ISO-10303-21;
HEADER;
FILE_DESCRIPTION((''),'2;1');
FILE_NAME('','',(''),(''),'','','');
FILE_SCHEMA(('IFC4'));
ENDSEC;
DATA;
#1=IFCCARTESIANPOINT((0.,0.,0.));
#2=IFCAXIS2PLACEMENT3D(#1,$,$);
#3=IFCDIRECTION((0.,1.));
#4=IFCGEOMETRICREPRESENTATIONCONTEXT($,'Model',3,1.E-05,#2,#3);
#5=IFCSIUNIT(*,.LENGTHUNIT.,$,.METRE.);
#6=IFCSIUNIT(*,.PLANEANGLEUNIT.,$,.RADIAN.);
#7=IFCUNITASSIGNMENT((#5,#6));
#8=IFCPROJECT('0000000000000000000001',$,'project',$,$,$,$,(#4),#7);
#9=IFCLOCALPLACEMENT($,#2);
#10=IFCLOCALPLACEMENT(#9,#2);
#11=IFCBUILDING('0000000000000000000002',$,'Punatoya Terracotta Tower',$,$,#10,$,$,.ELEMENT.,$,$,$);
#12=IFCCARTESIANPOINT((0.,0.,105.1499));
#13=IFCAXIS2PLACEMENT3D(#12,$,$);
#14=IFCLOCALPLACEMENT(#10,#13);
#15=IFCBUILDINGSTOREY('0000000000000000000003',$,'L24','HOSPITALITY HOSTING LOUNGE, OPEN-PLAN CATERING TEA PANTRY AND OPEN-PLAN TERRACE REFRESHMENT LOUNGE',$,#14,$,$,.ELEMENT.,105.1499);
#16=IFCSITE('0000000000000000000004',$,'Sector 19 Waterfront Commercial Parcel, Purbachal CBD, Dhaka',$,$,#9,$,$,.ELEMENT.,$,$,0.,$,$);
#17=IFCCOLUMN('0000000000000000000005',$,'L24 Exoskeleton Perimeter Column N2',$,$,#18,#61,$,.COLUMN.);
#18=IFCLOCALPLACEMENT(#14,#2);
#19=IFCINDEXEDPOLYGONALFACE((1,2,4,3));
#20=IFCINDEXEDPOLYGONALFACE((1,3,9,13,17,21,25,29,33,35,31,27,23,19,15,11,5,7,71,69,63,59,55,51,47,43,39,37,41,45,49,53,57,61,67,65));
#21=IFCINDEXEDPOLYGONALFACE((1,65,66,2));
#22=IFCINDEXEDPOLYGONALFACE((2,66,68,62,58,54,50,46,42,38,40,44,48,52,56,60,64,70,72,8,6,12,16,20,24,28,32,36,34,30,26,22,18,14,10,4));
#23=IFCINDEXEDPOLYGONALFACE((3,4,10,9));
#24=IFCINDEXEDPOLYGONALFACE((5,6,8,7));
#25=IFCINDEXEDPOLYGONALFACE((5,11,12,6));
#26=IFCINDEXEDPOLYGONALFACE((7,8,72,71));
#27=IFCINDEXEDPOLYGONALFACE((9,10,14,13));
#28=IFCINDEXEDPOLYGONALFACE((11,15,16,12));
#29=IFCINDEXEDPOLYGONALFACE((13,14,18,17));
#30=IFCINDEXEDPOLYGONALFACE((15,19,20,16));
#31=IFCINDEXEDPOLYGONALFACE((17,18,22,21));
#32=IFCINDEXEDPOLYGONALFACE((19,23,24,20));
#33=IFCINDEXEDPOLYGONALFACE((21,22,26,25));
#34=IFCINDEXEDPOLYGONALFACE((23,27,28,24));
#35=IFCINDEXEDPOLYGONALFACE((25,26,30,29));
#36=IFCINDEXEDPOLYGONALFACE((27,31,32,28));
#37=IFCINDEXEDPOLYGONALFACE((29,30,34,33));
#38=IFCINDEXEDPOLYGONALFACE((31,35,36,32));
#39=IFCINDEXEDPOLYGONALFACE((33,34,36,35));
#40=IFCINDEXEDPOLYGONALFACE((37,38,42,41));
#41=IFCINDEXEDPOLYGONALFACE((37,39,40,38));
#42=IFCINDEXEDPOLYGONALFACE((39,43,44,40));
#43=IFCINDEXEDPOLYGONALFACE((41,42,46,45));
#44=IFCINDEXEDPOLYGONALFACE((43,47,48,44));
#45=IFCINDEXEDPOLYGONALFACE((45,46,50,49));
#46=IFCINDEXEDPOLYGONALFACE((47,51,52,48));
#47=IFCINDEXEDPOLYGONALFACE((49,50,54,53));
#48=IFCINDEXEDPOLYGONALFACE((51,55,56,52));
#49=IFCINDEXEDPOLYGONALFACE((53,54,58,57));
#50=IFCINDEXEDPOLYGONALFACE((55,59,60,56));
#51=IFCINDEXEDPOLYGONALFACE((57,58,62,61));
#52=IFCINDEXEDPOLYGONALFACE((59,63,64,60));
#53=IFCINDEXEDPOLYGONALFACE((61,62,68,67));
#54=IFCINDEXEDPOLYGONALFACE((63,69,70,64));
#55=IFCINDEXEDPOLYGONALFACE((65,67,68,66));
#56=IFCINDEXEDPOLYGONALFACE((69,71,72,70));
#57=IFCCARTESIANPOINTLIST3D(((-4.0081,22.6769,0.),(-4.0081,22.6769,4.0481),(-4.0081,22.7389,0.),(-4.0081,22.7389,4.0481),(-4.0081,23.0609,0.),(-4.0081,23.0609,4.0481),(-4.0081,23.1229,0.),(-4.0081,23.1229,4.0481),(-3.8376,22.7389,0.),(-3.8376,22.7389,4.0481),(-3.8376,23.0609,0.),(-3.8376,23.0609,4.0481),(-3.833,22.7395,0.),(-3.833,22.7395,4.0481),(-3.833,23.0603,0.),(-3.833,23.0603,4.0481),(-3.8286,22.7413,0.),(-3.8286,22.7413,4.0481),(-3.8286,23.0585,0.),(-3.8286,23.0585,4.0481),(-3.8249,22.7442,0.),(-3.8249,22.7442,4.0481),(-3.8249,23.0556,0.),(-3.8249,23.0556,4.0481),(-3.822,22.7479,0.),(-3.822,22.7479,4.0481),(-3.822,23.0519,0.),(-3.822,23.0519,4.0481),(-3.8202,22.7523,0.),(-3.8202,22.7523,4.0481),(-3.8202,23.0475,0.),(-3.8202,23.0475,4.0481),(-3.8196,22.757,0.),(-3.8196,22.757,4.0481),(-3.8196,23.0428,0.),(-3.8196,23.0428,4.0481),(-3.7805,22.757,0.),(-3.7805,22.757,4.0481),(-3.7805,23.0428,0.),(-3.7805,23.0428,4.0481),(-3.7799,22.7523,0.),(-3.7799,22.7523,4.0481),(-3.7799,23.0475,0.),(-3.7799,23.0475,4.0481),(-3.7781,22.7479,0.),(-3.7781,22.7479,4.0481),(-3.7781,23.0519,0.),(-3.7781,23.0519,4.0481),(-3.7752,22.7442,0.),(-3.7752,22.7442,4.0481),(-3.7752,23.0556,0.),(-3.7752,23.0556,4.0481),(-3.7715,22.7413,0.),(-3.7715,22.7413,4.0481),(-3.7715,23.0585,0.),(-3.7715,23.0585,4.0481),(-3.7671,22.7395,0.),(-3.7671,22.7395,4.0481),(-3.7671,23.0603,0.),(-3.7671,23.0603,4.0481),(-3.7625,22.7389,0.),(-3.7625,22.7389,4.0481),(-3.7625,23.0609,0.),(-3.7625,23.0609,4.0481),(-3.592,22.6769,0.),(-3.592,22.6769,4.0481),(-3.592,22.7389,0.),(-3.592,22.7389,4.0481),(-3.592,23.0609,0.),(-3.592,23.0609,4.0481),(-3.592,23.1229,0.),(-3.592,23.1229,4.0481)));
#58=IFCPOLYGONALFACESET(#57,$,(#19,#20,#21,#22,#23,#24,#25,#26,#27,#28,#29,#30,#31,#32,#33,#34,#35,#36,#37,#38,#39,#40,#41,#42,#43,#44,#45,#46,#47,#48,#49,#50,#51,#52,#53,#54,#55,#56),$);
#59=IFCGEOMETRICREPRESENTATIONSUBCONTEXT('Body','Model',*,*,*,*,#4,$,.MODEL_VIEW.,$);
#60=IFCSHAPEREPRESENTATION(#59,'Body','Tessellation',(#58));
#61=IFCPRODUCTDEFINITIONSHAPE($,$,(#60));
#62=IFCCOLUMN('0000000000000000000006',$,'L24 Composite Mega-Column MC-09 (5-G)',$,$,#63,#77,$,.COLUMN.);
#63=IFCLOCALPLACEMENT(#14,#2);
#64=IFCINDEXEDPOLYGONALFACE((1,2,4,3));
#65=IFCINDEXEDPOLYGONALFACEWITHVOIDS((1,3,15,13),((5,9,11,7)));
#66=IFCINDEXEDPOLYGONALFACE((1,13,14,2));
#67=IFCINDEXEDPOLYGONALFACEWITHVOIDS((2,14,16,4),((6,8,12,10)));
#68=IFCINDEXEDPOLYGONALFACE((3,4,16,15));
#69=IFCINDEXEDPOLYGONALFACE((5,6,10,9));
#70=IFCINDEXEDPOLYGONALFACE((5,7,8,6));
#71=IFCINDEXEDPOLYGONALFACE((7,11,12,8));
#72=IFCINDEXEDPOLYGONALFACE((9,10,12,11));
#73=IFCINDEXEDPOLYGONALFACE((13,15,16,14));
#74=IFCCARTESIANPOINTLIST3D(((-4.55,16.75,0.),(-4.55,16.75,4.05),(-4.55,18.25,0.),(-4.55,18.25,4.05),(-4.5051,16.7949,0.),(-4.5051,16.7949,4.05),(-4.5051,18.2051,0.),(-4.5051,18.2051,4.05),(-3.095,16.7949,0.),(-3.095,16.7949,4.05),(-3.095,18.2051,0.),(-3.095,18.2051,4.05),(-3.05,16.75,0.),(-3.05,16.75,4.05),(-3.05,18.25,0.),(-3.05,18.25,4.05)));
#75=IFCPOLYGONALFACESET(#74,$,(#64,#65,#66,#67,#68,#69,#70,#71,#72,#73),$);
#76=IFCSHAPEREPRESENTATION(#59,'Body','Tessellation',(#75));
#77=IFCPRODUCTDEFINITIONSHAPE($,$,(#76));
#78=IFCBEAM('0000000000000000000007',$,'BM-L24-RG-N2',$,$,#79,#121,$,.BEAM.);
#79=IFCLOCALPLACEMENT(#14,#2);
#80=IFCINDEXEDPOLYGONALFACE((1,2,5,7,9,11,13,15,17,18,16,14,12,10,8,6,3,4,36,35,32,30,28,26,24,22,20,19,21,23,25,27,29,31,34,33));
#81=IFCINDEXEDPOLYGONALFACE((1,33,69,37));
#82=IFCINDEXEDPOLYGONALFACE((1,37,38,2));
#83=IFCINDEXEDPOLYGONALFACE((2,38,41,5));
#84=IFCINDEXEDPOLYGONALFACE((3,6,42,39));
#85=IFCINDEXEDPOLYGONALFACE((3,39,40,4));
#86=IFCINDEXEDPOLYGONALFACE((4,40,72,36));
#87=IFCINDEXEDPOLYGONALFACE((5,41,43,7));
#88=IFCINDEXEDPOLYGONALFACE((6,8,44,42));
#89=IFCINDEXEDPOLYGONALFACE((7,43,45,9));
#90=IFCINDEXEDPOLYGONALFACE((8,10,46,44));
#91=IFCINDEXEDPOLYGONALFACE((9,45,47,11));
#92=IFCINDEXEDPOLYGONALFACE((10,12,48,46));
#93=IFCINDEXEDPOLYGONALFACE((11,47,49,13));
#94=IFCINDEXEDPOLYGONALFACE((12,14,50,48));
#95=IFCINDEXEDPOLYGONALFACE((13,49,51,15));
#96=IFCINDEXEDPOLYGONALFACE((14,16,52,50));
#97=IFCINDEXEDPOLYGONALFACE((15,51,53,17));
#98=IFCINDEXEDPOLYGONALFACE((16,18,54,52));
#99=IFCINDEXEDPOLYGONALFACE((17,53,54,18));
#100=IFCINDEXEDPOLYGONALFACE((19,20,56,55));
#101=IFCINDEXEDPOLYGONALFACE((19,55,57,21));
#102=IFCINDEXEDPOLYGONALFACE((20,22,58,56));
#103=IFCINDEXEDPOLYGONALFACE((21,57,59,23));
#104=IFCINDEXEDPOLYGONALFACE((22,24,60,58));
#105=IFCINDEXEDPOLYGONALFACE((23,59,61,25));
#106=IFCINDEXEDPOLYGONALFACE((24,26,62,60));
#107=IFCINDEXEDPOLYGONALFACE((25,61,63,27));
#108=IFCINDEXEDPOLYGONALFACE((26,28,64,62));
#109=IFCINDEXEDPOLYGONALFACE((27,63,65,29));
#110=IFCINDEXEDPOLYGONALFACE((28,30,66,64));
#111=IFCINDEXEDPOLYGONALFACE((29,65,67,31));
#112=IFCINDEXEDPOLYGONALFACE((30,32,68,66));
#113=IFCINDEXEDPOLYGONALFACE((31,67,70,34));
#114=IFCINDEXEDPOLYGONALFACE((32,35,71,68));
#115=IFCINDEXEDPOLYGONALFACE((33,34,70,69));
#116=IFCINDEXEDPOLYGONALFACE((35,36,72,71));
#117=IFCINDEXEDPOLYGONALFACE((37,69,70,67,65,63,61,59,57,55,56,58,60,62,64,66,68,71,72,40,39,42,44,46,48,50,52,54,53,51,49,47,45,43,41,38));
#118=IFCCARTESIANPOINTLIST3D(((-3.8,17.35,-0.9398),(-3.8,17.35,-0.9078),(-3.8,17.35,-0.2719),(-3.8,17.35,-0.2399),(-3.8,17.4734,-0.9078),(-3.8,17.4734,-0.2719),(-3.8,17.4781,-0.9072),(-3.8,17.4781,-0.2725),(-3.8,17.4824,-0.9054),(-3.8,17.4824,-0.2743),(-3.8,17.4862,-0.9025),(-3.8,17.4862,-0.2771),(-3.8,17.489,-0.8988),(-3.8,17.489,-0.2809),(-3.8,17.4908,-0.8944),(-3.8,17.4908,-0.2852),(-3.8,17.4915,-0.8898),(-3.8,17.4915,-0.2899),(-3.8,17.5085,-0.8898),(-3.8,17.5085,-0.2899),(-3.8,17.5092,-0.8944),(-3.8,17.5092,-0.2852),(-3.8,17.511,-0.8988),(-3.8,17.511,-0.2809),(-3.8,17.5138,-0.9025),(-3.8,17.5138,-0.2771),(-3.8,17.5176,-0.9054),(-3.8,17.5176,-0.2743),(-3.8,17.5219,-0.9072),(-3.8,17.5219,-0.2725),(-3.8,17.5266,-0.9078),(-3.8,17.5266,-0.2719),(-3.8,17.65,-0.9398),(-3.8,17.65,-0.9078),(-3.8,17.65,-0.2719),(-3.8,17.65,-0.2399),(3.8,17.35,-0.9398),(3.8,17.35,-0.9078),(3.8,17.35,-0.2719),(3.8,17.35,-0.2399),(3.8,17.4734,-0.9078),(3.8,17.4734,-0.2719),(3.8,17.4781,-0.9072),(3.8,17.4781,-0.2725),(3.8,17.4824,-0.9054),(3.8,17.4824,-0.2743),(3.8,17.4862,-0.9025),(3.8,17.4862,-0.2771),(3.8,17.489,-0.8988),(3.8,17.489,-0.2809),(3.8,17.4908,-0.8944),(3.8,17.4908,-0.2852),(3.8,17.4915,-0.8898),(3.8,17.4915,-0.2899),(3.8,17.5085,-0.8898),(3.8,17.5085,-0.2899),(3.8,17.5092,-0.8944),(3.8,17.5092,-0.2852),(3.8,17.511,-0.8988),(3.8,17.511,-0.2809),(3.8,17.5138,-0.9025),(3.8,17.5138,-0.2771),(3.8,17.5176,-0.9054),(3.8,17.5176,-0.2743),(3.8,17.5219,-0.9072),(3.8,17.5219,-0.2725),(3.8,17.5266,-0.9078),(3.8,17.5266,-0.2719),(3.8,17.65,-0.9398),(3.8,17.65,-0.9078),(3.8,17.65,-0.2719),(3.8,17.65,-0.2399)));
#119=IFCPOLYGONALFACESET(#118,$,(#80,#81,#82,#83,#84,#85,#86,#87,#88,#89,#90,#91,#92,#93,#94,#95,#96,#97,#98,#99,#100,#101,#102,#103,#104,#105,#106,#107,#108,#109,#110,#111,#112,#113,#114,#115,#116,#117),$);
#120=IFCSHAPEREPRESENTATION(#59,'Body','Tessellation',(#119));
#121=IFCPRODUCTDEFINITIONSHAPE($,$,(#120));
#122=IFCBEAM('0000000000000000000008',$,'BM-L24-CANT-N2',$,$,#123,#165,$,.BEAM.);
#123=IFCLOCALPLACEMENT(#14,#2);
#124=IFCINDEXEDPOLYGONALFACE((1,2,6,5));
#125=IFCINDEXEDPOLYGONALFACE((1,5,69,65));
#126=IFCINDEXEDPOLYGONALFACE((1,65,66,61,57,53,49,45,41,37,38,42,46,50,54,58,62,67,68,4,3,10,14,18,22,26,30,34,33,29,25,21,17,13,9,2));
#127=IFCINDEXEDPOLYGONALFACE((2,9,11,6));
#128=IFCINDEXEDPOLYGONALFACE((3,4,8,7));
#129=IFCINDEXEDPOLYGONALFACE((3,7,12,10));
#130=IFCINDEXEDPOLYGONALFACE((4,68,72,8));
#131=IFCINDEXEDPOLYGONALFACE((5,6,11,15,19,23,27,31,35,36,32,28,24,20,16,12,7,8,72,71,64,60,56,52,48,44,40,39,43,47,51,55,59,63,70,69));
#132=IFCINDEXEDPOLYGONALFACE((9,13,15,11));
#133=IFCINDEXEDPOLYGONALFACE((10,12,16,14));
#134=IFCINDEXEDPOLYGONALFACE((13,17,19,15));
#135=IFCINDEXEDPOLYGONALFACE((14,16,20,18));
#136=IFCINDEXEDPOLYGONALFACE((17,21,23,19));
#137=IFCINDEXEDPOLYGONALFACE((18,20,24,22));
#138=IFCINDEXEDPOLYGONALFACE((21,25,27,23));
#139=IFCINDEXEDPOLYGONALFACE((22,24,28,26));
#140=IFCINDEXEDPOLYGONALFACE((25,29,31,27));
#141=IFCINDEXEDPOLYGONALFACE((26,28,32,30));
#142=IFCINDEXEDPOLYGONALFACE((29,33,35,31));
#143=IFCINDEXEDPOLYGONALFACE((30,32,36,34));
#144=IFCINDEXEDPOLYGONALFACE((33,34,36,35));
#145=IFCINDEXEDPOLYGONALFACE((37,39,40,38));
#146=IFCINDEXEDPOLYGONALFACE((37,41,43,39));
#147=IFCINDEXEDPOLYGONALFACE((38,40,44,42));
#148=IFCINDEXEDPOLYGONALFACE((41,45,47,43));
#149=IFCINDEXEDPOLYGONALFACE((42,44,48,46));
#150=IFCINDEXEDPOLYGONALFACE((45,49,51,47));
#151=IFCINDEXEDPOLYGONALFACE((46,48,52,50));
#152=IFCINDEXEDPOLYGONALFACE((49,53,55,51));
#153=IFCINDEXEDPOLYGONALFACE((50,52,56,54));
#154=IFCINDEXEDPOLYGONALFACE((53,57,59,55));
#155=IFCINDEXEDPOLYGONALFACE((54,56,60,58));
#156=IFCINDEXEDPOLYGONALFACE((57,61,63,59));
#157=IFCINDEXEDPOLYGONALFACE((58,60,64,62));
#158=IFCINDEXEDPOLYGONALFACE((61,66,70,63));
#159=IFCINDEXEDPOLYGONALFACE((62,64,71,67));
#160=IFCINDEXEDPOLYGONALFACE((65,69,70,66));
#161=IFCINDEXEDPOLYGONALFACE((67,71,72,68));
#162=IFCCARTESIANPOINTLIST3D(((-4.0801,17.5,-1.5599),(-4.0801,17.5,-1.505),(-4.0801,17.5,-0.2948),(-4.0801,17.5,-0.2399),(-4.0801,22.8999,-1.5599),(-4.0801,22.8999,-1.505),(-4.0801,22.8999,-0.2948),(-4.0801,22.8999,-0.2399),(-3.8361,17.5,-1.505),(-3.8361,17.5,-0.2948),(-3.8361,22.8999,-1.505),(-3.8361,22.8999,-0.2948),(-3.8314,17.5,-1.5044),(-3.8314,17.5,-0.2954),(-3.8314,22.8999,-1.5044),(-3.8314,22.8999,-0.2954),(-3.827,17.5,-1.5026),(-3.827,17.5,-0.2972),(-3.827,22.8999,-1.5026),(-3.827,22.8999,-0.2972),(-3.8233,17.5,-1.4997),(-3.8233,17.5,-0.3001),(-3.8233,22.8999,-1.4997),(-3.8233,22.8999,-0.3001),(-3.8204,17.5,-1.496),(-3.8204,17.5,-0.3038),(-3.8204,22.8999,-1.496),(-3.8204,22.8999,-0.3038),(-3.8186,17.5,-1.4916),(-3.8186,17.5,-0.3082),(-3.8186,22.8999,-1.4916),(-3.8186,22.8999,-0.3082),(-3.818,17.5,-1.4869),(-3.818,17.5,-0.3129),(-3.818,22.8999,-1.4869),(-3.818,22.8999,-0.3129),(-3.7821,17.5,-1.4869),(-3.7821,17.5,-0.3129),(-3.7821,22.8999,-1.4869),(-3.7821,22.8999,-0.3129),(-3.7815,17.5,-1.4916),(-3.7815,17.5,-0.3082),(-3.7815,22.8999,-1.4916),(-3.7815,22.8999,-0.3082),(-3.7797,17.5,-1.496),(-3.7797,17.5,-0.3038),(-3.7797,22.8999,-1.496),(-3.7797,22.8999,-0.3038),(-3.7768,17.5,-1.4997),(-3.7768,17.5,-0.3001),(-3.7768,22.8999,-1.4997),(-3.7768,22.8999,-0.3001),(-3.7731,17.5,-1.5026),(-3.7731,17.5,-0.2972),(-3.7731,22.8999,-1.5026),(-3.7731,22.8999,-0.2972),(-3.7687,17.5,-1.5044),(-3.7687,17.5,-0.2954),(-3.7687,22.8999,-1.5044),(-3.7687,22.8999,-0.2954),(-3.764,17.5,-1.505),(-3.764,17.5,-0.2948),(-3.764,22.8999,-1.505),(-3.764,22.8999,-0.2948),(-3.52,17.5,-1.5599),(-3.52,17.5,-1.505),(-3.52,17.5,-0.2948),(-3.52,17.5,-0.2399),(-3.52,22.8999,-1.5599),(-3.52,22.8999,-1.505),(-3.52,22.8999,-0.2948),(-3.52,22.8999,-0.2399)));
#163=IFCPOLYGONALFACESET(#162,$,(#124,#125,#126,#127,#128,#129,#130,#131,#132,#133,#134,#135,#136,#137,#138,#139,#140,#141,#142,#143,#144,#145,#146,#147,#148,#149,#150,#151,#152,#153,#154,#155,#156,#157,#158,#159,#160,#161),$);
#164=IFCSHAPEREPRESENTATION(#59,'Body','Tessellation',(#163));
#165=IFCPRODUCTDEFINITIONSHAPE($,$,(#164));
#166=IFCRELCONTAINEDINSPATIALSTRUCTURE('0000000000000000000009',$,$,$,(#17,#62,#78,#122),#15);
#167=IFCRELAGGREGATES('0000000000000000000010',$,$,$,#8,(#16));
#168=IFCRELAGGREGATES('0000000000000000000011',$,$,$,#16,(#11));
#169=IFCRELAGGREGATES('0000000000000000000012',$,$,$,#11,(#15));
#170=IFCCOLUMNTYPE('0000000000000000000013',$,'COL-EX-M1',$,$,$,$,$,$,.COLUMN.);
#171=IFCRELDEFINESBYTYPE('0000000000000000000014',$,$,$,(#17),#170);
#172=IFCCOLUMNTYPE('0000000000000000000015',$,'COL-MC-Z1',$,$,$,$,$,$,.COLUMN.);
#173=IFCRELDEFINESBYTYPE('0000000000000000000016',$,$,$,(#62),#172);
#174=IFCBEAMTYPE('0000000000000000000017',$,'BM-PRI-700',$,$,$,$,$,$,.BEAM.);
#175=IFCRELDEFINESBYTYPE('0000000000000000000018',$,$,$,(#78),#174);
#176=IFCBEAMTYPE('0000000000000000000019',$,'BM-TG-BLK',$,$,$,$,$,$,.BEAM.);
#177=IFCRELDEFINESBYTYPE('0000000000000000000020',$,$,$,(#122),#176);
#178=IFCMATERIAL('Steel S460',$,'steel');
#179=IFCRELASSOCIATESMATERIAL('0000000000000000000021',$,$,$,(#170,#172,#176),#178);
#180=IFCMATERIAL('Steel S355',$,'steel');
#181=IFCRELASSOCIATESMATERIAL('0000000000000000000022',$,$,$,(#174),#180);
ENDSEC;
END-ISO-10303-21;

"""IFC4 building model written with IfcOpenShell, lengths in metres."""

from ifc_helpers import new_model, si_unit, direction, frame, origin, origin_2d, place, context, subcontext, project, spatial, hollow_rectangle, i_section, extrude, material, material_profile, profile_set, type_object, element, save


model = new_model("IFC4")

# Units and contexts
model_context = context("Model", 3, precision=1e-05, world=origin(), true_north=direction((0.0, 1.0)))
body_context = subcontext(model_context, "Body", "Model", "MODEL_VIEW")
ifc_project = project(units=[si_unit("LENGTHUNIT", "METRE"), si_unit("PLANEANGLEUNIT", "RADIAN")], contexts=[model_context])

# Site, building, storey
site_placement = place(None, origin())
site = spatial("IfcSite", under=ifc_project, at=site_placement, Name="Sector 19 Waterfront Commercial Parcel, Purbachal CBD, Dhaka", CompositionType="ELEMENT", RefElevation=0.0)
building_placement = place(site_placement, origin())
building = spatial("IfcBuilding", under=site, at=building_placement, Name="Punatoya Terracotta Tower", CompositionType="ELEMENT")
storey_placement = place(building_placement, frame((0.0, 0.0, 105.1499)))
storey = spatial("IfcBuildingStorey", under=building, at=storey_placement, Name="L24", Description="HOSPITALITY HOSTING LOUNGE, OPEN-PLAN CATERING TEA PANTRY AND OPEN-PLAN TERRACE REFRESHMENT LOUNGE", CompositionType="ELEMENT", Elevation=105.1499)

# Columns
ifc_material_1 = material(Name="Steel S460", Category="steel")
ifc_material_profile_1 = material_profile(ifc_material_1, i_section(OverallWidth=0.416, OverallDepth=0.446, WebThickness=0.0391, FlangeThickness=0.062, FilletRadius=0.0181, at=origin_2d()))
ifc_profile_set_1 = profile_set([ifc_material_profile_1], Name="Steel S460")
column_type_1 = type_object("IfcColumnType", Name="COL-EX-M1", PredefinedType="COLUMN", material=ifc_profile_set_1)
column_1_placement = place(storey_placement, frame((-3.8, 22.8999, 0.0), z_axis=(0.0, 0.0, 1.0), x_axis=(1.0, 0.0, 0.0)))
element("IfcColumn", 1, at=column_1_placement, inside=storey, type_object=column_type_1, Name="L24 Exoskeleton Perimeter Column N2", PredefinedType="COLUMN", context=body_context, shape_type="SweptSolid", body=[
    extrude(i_section(OverallWidth=0.416, OverallDepth=0.446, WebThickness=0.0391, FlangeThickness=0.062, FilletRadius=0.0181, at=origin_2d()), origin(), (0.0, 0.0, 1.0), 4.0481),
])
ifc_material_profile_2 = material_profile(ifc_material_1, hollow_rectangle(XDim=1.5, YDim=1.5, WallThickness=0.0449, at=origin_2d()))
ifc_profile_set_2 = profile_set([ifc_material_profile_2], Name="Steel S460")
column_type_2 = type_object("IfcColumnType", Name="COL-MC-Z1", PredefinedType="COLUMN", material=ifc_profile_set_2)
column_2_placement = place(storey_placement, frame((-3.8, 17.5, 0.0), z_axis=(0.0, 0.0, 1.0), x_axis=(1.0, 0.0, 0.0)))
element("IfcColumn", 2, at=column_2_placement, inside=storey, type_object=column_type_2, Name="L24 Composite Mega-Column MC-09 (5-G)", PredefinedType="COLUMN", context=body_context, shape_type="SweptSolid", body=[
    extrude(hollow_rectangle(XDim=1.5, YDim=1.5, WallThickness=0.0449, at=origin_2d()), origin(), (0.0, 0.0, 1.0), 4.05),
])

# Beams
ifc_material_2 = material(Name="Steel S355", Category="steel")
ifc_material_profile_3 = material_profile(ifc_material_2, i_section(OverallWidth=0.3, OverallDepth=0.7, WebThickness=0.0171, FlangeThickness=0.032, FilletRadius=0.0181, at=origin_2d()))
ifc_profile_set_3 = profile_set([ifc_material_profile_3], Name="Steel S355")
beam_type_1 = type_object("IfcBeamType", Name="BM-PRI-700", PredefinedType="BEAM", material=ifc_profile_set_3)
beam_1_placement = place(storey_placement, frame((-3.8, 17.5, -0.5898), z_axis=(1.0, 0.0, 0.0), x_axis=(0.0, 1.0, 0.0)))
element("IfcBeam", 3, at=beam_1_placement, inside=storey, type_object=beam_type_1, Name="BM-L24-RG-N2", PredefinedType="BEAM", context=body_context, shape_type="SweptSolid", body=[
    extrude(i_section(OverallWidth=0.3, OverallDepth=0.7, WebThickness=0.0171, FlangeThickness=0.032, FilletRadius=0.0181, at=origin_2d()), origin(), (0.0, 0.0, 1.0), 7.6001),
])
ifc_material_profile_4 = material_profile(ifc_material_1, i_section(OverallWidth=0.5601, OverallDepth=1.3201, WebThickness=0.0359, FlangeThickness=0.0549, FilletRadius=0.0181, at=origin_2d()))
ifc_profile_set_4 = profile_set([ifc_material_profile_4], Name="Steel S460")
beam_type_2 = type_object("IfcBeamType", Name="BM-TG-BLK", PredefinedType="BEAM", material=ifc_profile_set_4)
beam_2_placement = place(storey_placement, frame((-3.8, 17.5, -0.8999), z_axis=(0.0, 1.0, 0.0), x_axis=(-1.0, 0.0, 0.0)))
element("IfcBeam", 4, at=beam_2_placement, inside=storey, type_object=beam_type_2, Name="BM-L24-CANT-N2", PredefinedType="BEAM", context=body_context, shape_type="SweptSolid", body=[
    extrude(i_section(OverallWidth=0.5601, OverallDepth=1.3201, WebThickness=0.0359, FlangeThickness=0.0549, FilletRadius=0.0181, at=origin_2d()), origin(), (0.0, 0.0, 1.0), 5.3999),
])

save(model, "model.ifc")
